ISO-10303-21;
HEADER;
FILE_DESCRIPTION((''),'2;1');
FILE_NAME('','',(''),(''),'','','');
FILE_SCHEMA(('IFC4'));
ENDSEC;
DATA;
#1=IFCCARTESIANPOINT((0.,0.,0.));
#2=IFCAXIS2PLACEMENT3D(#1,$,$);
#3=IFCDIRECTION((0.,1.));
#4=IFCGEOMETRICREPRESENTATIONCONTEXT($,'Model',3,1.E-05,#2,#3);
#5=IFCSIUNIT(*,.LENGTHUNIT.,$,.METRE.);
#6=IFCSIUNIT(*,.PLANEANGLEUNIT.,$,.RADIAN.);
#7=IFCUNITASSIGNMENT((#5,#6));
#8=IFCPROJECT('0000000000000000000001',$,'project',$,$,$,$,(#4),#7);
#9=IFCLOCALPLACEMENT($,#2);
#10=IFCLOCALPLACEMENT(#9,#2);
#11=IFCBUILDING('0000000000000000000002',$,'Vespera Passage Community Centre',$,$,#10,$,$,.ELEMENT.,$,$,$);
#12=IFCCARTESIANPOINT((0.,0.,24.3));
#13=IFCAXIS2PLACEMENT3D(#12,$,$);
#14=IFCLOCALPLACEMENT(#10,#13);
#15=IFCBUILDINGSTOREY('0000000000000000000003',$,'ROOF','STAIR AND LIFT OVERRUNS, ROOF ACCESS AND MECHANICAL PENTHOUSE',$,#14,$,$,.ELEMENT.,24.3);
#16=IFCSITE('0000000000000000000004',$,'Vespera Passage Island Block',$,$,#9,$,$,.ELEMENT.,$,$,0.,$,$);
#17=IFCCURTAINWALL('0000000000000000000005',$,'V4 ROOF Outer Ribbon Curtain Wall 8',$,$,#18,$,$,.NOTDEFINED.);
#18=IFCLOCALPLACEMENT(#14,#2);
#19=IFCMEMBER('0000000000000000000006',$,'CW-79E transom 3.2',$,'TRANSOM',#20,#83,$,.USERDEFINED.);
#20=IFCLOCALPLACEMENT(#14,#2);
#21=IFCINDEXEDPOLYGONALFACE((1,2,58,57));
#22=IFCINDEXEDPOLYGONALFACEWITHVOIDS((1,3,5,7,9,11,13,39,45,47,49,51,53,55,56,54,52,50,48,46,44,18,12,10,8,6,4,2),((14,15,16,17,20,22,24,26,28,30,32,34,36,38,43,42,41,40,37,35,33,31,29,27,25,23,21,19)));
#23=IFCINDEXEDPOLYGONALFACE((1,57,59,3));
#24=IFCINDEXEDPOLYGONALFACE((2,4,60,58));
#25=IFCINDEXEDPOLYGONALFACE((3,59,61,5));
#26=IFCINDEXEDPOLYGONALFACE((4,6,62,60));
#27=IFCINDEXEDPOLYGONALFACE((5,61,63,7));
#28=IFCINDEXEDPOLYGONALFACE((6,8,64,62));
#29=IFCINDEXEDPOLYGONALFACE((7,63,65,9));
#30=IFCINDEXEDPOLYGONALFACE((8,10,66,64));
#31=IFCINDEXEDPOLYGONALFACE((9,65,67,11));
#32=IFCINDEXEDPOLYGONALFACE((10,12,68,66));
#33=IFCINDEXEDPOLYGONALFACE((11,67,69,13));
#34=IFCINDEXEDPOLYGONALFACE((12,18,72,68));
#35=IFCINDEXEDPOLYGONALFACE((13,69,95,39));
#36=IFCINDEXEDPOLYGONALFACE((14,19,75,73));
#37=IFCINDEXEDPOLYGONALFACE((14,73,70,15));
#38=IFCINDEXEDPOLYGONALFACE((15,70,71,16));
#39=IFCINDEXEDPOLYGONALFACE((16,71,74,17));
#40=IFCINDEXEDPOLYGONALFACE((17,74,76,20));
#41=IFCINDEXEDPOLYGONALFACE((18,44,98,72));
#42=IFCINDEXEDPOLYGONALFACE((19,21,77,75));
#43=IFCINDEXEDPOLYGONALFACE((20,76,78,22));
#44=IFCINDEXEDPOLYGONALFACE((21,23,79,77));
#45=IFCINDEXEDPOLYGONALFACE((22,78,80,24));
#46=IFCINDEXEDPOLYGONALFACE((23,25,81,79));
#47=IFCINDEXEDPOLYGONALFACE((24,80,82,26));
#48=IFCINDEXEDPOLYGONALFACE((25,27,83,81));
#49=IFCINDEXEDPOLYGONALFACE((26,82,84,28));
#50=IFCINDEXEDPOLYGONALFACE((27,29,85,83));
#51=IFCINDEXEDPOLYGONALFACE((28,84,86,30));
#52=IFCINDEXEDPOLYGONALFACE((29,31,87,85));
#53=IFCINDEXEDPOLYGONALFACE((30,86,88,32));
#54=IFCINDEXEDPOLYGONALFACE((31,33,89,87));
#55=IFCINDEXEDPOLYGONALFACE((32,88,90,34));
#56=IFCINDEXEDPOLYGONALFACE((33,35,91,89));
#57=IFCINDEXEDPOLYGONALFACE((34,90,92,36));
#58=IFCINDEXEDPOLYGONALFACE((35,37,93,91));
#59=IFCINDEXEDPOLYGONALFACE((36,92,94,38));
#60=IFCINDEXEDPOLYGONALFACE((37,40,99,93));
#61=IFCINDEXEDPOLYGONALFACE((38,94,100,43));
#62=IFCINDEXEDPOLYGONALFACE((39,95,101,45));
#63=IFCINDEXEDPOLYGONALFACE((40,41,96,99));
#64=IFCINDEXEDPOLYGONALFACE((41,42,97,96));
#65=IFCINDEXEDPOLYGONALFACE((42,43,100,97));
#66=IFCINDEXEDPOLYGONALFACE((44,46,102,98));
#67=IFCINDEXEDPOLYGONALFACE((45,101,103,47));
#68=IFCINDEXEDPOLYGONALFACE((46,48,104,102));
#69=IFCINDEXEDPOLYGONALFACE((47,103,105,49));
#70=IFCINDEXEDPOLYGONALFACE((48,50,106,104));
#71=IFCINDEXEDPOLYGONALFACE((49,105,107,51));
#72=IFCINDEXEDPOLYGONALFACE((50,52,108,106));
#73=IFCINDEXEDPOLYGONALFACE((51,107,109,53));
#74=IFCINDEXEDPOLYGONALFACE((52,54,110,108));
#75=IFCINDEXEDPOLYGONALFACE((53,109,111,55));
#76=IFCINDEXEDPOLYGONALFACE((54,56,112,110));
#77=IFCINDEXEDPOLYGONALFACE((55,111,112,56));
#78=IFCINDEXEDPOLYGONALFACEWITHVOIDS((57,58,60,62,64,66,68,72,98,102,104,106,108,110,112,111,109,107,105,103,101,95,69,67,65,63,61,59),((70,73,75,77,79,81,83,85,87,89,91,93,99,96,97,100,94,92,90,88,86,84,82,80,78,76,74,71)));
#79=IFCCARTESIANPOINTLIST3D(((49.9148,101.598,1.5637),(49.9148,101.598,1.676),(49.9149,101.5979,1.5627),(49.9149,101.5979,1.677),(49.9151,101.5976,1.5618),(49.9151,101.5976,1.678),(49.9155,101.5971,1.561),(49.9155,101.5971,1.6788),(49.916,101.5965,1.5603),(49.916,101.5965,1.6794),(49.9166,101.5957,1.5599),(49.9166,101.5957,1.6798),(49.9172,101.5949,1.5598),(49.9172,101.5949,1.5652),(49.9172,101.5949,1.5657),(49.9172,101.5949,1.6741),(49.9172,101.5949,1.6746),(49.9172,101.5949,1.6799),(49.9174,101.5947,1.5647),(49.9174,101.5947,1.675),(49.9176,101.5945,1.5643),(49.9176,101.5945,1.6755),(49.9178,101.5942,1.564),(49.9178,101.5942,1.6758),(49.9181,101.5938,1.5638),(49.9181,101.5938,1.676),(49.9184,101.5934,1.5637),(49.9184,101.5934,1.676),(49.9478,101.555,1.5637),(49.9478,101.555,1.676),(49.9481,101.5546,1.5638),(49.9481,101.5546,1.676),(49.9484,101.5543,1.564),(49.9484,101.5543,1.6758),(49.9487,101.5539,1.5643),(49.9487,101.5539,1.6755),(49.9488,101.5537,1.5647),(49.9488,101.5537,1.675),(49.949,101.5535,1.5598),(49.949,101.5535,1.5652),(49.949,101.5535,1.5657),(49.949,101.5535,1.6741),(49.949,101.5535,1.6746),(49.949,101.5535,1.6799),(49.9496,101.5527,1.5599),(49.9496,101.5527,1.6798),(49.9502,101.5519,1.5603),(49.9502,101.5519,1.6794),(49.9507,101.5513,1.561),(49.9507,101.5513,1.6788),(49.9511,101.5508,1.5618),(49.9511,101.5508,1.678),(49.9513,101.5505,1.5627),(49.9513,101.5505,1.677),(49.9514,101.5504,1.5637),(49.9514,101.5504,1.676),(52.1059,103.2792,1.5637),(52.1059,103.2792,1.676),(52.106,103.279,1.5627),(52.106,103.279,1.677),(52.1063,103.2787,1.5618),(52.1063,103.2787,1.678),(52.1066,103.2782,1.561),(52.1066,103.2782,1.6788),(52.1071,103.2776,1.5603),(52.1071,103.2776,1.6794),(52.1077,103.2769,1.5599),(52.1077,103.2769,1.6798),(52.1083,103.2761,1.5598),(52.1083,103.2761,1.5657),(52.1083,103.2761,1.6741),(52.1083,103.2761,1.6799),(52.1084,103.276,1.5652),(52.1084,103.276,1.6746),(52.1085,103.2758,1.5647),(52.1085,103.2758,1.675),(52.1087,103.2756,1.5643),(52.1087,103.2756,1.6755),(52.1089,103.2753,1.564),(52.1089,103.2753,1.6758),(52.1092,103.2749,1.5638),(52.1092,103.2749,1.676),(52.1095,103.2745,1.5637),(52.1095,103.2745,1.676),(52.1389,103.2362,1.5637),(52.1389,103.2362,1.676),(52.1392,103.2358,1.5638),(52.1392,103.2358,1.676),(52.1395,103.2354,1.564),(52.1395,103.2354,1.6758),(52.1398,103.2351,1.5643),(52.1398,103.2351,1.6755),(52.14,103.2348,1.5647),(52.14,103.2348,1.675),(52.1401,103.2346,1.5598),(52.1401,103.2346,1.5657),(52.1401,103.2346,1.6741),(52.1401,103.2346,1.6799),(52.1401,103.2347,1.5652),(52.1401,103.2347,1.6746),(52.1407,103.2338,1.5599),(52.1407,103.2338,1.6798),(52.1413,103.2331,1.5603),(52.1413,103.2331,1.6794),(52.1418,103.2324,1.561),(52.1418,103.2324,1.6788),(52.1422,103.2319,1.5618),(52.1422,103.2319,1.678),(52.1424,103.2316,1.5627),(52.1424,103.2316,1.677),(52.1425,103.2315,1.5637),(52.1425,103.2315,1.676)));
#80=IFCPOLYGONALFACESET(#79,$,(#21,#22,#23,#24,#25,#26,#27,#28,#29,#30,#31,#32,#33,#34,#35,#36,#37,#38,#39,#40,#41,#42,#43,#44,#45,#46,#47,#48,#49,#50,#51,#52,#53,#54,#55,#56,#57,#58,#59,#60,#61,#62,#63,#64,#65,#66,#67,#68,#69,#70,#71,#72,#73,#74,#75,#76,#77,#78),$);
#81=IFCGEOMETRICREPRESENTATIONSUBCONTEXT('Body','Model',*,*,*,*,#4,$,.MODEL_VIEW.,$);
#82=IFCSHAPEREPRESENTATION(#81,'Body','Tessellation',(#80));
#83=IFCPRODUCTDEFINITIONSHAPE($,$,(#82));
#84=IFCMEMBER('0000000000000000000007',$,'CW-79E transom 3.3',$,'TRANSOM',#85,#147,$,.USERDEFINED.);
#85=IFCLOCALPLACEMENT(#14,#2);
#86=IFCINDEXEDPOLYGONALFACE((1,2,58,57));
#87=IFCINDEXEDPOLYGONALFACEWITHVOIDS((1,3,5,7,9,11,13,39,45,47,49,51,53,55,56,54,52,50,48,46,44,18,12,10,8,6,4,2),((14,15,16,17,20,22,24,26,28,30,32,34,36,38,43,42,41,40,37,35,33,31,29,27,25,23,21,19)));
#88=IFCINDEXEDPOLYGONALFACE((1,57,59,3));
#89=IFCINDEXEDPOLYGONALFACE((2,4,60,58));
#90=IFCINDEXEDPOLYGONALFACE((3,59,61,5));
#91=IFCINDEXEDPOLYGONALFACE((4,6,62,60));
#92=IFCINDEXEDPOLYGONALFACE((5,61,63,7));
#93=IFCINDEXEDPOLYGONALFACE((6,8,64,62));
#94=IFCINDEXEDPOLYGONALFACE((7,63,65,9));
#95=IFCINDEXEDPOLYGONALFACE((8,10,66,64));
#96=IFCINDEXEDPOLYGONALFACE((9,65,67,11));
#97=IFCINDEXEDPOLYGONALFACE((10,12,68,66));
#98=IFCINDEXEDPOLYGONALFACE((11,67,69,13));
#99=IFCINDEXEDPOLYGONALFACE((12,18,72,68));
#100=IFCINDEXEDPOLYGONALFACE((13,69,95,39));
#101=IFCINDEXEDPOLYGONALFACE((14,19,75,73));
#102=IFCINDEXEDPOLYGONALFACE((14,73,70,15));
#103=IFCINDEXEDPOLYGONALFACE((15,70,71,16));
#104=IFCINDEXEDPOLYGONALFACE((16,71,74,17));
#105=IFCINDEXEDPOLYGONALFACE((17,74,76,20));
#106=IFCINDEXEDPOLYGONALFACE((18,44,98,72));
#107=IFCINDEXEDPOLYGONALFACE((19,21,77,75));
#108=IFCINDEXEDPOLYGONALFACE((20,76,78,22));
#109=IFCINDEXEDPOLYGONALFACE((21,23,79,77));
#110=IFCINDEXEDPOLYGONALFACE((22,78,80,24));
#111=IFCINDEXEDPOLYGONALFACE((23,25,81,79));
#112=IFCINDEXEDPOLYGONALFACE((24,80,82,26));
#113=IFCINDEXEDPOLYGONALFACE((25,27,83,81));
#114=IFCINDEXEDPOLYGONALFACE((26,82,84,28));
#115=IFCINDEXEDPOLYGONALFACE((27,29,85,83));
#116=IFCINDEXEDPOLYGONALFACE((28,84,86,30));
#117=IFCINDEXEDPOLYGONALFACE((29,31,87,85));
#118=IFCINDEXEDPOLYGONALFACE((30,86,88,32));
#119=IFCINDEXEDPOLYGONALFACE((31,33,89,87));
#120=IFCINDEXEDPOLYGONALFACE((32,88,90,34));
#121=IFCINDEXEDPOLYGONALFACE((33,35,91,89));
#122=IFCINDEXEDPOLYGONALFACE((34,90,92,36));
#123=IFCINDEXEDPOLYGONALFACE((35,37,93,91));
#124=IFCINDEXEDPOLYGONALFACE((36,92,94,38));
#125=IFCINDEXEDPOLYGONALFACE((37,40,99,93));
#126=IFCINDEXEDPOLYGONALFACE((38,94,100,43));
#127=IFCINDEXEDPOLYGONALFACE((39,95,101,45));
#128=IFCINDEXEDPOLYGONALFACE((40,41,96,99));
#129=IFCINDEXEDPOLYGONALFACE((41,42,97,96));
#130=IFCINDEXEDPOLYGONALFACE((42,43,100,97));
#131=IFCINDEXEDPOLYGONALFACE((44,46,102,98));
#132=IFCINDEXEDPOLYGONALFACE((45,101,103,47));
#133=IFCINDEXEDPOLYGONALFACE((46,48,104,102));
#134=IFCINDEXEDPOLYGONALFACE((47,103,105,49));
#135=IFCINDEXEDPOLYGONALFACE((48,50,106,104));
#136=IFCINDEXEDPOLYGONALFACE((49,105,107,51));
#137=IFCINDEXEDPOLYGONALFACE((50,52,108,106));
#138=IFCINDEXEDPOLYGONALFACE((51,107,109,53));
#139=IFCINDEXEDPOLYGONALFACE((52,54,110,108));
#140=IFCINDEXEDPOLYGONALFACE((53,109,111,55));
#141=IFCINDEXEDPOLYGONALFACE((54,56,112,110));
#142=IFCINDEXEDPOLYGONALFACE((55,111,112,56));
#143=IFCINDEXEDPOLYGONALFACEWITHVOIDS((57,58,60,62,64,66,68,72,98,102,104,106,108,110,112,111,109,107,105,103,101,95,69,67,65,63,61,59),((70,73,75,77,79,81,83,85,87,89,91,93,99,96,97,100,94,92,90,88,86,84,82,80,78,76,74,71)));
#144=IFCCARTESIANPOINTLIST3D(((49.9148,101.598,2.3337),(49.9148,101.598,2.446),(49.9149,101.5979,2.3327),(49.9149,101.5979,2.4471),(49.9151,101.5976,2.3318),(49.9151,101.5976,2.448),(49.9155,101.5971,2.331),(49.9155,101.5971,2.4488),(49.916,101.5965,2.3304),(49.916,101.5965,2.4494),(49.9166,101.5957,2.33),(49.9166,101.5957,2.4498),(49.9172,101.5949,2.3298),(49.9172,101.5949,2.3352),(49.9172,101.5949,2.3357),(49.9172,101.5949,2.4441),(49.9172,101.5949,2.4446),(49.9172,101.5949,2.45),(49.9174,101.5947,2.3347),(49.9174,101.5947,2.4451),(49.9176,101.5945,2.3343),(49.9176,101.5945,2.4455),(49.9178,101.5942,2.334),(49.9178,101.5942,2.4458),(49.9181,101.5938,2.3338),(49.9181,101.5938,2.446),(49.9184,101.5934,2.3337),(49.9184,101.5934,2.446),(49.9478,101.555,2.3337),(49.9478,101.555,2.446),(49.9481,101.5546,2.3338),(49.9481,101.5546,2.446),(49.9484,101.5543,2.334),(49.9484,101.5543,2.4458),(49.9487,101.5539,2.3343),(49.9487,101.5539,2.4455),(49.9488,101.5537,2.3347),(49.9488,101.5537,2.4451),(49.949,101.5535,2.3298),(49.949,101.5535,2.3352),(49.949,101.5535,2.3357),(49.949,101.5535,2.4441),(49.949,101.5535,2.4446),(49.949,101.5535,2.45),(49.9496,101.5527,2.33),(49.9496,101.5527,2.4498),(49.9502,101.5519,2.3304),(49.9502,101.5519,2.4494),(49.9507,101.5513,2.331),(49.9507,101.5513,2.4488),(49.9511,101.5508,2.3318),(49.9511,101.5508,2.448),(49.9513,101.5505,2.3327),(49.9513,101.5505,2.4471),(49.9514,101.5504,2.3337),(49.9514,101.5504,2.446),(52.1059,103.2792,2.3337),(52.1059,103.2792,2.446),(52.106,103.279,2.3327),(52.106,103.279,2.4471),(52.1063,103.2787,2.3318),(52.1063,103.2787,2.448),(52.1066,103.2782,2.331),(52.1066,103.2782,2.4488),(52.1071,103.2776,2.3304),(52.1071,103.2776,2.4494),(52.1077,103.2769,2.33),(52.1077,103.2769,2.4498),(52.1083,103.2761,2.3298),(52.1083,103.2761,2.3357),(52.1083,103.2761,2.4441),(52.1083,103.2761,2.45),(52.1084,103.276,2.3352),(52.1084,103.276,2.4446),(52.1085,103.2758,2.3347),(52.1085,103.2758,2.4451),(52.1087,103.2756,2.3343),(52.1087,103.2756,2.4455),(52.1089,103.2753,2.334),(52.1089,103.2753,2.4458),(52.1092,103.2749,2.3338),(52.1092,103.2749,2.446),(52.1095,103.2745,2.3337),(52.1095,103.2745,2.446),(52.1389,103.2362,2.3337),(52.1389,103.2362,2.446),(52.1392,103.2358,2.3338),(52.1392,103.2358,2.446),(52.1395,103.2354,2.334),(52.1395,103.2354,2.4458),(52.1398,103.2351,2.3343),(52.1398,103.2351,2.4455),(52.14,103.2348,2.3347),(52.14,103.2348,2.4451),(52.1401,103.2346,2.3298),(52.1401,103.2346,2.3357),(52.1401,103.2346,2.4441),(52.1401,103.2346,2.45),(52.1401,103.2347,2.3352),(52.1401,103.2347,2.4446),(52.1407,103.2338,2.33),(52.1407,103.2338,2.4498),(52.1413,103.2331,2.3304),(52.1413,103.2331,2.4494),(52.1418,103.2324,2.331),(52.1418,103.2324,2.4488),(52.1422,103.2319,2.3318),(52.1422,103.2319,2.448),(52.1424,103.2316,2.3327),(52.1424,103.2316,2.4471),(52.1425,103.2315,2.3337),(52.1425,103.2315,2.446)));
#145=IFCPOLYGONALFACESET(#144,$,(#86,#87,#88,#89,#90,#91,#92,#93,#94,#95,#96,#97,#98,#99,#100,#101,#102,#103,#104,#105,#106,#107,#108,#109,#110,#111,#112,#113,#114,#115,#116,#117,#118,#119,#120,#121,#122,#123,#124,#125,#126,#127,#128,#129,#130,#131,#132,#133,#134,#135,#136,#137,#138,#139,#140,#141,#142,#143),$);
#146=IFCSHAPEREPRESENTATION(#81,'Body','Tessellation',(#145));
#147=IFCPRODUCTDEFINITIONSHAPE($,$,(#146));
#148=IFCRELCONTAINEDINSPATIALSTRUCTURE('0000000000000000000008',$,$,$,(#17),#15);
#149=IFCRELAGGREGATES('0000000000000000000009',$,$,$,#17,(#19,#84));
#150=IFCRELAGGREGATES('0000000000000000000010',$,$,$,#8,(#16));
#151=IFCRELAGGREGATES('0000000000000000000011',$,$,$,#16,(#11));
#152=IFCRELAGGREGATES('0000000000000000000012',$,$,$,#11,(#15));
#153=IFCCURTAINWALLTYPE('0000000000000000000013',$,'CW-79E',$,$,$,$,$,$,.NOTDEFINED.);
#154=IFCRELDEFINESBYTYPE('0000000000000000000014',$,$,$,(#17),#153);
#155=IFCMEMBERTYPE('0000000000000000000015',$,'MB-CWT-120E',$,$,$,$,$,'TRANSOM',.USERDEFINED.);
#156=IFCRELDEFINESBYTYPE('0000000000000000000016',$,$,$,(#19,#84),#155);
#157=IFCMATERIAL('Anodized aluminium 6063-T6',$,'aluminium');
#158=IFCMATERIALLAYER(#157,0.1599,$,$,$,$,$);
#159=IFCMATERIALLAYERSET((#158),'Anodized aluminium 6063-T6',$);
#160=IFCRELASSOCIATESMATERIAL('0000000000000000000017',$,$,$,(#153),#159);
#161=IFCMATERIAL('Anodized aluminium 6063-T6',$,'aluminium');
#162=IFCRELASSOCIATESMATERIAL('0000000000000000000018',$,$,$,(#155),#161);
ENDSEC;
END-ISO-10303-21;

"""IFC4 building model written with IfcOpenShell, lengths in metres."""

from ifc_helpers import new_model, si_unit, direction, frame, origin, origin_2d, place, context, subcontext, project, spatial, hollow_rectangle, extrude, material, layer, layer_set, material_profile, profile_set, type_object, element, aggregate, save


model = new_model("IFC4")

# Units and contexts
model_context = context("Model", 3, precision=1e-05, world=origin(), true_north=direction((0.0, 1.0)))
body_context = subcontext(model_context, "Body", "Model", "MODEL_VIEW")
ifc_project = project(units=[si_unit("LENGTHUNIT", "METRE"), si_unit("PLANEANGLEUNIT", "RADIAN")], contexts=[model_context])

# Site, building, storey
site_placement = place(None, origin())
site = spatial("IfcSite", under=ifc_project, at=site_placement, Name="Vespera Passage Island Block", CompositionType="ELEMENT", RefElevation=0.0)
building_placement = place(site_placement, origin())
building = spatial("IfcBuilding", under=site, at=building_placement, Name="Vespera Passage Community Centre", CompositionType="ELEMENT")
storey_placement = place(building_placement, frame((0.0, 0.0, 24.3)))
storey = spatial("IfcBuildingStorey", under=building, at=storey_placement, Name="ROOF", Description="STAIR AND LIFT OVERRUNS, ROOF ACCESS AND MECHANICAL PENTHOUSE", CompositionType="ELEMENT", Elevation=24.3)

# Curtain wall
ifc_material_1 = material(Name="Anodized aluminium 6063-T6", Category="aluminium")
ifc_layer_1 = layer(ifc_material_1, 0.1599)
ifc_layer_set_1 = layer_set([ifc_layer_1], Name="Anodized aluminium 6063-T6")
curtain_wall_type_1 = type_object("IfcCurtainWallType", Name="CW-79E", PredefinedType="NOTDEFINED", material=ifc_layer_set_1)
curtain_wall_1_placement = place(storey_placement, origin())
curtain_wall_1 = element("IfcCurtainWall", 1, at=curtain_wall_1_placement, inside=storey, type_object=curtain_wall_type_1, Name="V4 ROOF Outer Ribbon Curtain Wall 8", PredefinedType="NOTDEFINED")

# Members
ifc_material_2 = material(Name="Anodized aluminium 6063-T6", Category="aluminium")
ifc_material_profile_1 = material_profile(ifc_material_2, hollow_rectangle(XDim=0.0601, YDim=0.1201, WallThickness=0.0039, InnerFilletRadius=0.002, OuterFilletRadius=0.0039, at=origin_2d()), Name="ALU120X60X4")
ifc_profile_set_1 = profile_set([ifc_material_profile_1], Name="Anodized aluminium 6063-T6")
member_type_1 = type_object("IfcMemberType", Name="MB-CWT-120E", ElementType="TRANSOM", PredefinedType="USERDEFINED", material=ifc_profile_set_1)
member_1_placement = place(storey_placement, frame((49.9331, 101.5742, 1.6199), z_axis=(0.793386, 0.608719, 0.0), x_axis=(-0.608719, 0.793386, 0.0)))
member_1 = element("IfcMember", 2, at=member_1_placement, type_object=member_type_1, Name="CW-79E transom 3.2", ObjectType="TRANSOM", PredefinedType="USERDEFINED", context=body_context, shape_type="SweptSolid", body=[
    extrude(hollow_rectangle(XDim=0.0601, YDim=0.1201, WallThickness=0.0039, InnerFilletRadius=0.002, OuterFilletRadius=0.0039, at=origin_2d()), origin(), (0.0, 0.0, 1.0), 2.7617),
])
member_2_placement = place(storey_placement, frame((49.9331, 101.5742, 2.3899), z_axis=(0.793386, 0.608719, 0.0), x_axis=(-0.608719, 0.793386, 0.0)))
member_2 = element("IfcMember", 3, at=member_2_placement, type_object=member_type_1, Name="CW-79E transom 3.3", ObjectType="TRANSOM", PredefinedType="USERDEFINED", context=body_context, shape_type="SweptSolid", body=[
    extrude(hollow_rectangle(XDim=0.0601, YDim=0.1201, WallThickness=0.0039, InnerFilletRadius=0.002, OuterFilletRadius=0.0039, at=origin_2d()), origin(), (0.0, 0.0, 1.0), 2.7617),
])

aggregate(curtain_wall_1, [member_1, member_2])

save(model, "model.ifc")
